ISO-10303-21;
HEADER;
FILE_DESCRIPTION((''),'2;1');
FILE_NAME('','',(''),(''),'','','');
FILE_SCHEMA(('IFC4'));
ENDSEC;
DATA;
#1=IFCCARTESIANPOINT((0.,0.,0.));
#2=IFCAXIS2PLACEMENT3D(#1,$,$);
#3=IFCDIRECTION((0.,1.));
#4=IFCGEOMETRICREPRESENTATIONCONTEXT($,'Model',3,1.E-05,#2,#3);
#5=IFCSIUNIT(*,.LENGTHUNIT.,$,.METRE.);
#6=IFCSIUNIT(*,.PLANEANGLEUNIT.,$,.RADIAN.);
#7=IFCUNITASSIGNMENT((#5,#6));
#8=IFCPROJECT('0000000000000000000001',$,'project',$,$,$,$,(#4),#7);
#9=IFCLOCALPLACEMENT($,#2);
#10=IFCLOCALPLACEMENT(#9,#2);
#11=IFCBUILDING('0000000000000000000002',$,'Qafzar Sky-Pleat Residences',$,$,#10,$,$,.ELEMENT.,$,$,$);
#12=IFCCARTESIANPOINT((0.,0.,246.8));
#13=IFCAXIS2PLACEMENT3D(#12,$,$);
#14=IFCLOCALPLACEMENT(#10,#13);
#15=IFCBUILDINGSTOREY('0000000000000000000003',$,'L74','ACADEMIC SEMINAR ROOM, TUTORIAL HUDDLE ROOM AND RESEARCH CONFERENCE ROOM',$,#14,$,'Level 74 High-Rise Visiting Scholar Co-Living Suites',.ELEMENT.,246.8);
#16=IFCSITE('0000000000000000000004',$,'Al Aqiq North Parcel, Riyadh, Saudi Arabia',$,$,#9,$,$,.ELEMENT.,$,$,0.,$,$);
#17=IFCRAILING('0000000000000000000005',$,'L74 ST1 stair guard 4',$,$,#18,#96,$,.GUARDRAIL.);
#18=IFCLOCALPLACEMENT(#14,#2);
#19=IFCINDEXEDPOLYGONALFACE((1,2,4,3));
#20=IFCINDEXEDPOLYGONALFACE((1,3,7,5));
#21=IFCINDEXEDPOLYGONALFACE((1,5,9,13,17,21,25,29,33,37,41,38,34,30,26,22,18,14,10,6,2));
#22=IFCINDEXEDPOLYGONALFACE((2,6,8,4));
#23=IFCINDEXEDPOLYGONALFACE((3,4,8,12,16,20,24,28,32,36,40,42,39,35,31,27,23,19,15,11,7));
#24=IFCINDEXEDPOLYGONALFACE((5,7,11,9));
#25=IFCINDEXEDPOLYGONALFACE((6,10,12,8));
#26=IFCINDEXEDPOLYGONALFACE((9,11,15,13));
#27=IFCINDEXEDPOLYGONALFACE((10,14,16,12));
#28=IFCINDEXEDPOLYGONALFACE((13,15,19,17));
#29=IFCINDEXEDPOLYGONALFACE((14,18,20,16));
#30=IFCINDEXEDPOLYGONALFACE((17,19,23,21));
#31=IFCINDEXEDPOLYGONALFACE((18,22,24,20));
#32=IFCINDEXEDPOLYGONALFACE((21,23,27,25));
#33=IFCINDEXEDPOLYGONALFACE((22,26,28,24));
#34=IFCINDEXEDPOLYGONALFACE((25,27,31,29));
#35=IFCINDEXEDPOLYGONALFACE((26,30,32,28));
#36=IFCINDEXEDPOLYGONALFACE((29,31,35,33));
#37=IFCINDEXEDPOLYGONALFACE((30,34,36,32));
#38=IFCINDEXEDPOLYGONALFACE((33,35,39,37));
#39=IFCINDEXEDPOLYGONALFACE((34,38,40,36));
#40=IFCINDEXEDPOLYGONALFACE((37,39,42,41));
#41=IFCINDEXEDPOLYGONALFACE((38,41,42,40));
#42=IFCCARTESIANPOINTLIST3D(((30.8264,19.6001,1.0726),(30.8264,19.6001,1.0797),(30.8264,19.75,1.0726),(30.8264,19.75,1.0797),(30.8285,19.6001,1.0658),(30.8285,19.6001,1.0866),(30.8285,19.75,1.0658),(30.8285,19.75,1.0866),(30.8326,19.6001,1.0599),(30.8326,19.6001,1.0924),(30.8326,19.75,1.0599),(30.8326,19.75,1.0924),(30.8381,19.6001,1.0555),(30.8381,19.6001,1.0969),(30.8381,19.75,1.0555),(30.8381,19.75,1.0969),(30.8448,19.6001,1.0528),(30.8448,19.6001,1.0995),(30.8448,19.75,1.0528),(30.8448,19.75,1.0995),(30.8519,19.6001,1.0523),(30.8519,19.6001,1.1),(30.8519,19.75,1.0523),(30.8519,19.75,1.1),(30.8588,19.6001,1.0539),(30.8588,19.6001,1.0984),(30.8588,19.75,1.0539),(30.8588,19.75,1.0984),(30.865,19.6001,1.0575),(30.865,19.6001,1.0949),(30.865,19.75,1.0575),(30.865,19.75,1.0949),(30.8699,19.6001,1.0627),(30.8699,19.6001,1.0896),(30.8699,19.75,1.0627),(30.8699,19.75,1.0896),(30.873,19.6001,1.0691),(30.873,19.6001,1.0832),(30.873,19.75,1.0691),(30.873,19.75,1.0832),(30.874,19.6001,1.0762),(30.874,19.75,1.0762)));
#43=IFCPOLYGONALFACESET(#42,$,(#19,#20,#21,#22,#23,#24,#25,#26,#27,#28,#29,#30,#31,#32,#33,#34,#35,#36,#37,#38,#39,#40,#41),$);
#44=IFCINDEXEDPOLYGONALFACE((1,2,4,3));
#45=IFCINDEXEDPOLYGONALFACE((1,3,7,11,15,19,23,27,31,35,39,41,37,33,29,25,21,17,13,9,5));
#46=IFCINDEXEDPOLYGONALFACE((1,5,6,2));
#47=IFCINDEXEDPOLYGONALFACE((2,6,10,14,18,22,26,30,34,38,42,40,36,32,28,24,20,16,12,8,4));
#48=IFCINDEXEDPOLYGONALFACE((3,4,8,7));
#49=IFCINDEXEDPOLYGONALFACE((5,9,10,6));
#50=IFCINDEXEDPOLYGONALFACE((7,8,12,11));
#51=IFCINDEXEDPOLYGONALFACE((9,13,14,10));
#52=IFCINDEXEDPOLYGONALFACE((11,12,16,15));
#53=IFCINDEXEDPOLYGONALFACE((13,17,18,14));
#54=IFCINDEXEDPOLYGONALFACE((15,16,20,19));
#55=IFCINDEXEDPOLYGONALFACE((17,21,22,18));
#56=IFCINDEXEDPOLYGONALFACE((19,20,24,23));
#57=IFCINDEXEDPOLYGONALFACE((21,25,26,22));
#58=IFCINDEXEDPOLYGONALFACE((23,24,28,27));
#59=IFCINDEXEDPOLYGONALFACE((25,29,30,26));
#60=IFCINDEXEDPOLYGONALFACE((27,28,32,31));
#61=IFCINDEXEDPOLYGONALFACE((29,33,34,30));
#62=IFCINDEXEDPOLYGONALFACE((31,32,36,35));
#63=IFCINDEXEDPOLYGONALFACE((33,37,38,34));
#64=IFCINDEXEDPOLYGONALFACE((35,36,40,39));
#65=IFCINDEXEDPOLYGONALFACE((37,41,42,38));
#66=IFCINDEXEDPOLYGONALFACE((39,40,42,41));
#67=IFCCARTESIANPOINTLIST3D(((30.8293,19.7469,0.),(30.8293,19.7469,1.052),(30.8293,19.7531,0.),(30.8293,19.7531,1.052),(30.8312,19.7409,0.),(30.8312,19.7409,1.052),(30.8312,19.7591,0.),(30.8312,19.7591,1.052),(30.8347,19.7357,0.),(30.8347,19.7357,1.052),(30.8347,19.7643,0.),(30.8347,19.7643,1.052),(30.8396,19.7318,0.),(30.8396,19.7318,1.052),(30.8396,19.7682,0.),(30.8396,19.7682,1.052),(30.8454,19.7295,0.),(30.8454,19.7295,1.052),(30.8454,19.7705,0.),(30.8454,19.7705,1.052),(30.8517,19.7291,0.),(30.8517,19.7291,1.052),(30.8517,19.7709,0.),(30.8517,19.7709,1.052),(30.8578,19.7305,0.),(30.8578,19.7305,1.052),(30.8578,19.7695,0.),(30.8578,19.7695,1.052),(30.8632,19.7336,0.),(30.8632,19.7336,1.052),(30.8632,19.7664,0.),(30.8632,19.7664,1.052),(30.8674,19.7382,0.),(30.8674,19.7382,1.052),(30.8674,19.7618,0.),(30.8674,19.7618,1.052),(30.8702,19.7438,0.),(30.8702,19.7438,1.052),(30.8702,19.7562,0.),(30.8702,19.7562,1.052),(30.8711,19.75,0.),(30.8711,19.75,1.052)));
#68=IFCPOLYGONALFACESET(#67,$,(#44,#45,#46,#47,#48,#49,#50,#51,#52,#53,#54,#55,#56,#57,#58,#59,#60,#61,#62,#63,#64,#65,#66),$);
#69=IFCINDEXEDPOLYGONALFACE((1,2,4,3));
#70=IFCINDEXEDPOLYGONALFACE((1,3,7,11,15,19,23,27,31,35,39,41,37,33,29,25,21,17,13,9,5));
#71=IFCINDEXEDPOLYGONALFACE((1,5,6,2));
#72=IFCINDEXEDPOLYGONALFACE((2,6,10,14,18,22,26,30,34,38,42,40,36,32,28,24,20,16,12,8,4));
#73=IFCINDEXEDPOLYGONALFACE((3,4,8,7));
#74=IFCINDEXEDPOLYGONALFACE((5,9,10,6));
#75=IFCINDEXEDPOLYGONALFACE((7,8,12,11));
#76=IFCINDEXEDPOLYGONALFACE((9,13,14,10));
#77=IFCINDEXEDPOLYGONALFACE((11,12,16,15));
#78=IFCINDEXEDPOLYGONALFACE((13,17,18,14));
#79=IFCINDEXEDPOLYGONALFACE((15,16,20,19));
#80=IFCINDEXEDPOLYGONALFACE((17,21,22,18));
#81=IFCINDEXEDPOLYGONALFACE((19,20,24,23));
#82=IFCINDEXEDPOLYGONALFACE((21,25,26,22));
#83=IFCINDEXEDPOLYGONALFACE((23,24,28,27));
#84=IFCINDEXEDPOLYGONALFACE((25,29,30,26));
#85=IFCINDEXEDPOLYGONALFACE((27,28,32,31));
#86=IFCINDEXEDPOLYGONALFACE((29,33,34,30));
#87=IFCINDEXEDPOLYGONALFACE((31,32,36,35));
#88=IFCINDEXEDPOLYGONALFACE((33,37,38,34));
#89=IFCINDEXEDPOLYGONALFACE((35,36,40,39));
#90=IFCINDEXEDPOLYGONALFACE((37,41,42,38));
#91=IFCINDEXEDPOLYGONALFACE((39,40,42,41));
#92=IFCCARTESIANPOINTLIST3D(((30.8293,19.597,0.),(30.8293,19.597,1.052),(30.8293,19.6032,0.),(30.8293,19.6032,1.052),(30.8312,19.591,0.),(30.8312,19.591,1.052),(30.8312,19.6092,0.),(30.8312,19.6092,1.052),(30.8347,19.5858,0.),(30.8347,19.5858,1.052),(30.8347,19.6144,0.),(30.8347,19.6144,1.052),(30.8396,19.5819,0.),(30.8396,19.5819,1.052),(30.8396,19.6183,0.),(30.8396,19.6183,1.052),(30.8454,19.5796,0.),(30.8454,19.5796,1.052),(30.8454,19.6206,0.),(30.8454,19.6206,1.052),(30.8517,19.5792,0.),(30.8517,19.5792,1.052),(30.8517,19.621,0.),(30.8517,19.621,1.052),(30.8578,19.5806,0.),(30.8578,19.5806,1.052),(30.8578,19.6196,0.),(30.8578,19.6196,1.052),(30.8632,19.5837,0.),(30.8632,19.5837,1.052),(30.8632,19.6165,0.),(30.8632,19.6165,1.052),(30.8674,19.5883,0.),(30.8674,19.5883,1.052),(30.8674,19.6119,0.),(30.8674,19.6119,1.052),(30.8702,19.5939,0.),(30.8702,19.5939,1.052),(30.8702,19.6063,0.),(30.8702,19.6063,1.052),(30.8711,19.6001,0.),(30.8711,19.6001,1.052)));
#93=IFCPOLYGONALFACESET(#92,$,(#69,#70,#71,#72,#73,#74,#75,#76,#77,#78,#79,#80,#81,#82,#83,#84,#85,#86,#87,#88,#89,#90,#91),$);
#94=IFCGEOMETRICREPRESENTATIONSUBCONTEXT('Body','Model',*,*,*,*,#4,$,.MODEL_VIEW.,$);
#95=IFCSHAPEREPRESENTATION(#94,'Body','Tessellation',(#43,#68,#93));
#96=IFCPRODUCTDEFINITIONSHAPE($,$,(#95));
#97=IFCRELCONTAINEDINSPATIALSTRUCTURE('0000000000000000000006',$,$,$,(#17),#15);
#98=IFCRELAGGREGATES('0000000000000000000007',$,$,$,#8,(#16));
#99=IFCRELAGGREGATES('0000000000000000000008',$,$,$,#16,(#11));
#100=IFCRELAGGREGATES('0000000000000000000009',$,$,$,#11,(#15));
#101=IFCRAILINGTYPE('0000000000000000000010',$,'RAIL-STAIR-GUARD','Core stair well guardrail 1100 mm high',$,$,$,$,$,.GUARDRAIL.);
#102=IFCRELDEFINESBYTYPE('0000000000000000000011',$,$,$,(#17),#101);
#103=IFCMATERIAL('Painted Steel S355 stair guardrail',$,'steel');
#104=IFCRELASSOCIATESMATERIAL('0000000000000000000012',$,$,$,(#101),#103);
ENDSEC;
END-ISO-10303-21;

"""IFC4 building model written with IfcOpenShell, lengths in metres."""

from ifc_helpers import new_model, si_unit, direction, frame, origin, origin_2d, place, context, subcontext, project, spatial, circle, extrude, source, transform, mapped, material, type_object, element, save


model = new_model("IFC4")

# Units and contexts
model_context = context("Model", 3, precision=1e-05, world=origin(), true_north=direction((0.0, 1.0)))
body_context = subcontext(model_context, "Body", "Model", "MODEL_VIEW")
ifc_project = project(units=[si_unit("LENGTHUNIT", "METRE"), si_unit("PLANEANGLEUNIT", "RADIAN")], contexts=[model_context])

# Site, building, storey
site_placement = place(None, origin())
site = spatial("IfcSite", under=ifc_project, at=site_placement, Name="Al Aqiq North Parcel, Riyadh, Saudi Arabia", CompositionType="ELEMENT", RefElevation=0.0)
building_placement = place(site_placement, origin())
building = spatial("IfcBuilding", under=site, at=building_placement, Name="Qafzar Sky-Pleat Residences", CompositionType="ELEMENT")
storey_placement = place(building_placement, frame((0.0, 0.0, 246.8)))
storey = spatial("IfcBuildingStorey", under=building, at=storey_placement, Name="L74", Description="ACADEMIC SEMINAR ROOM, TUTORIAL HUDDLE ROOM AND RESEARCH CONFERENCE ROOM", LongName="Level 74 High-Rise Visiting Scholar Co-Living Suites", CompositionType="ELEMENT", Elevation=246.8)

# Railing
ifc_material_1 = material(Name="Painted Steel S355 stair guardrail", Category="steel")
railing_type_1 = type_object("IfcRailingType", Name="RAIL-STAIR-GUARD", Description="Core stair well guardrail 1100 mm high", PredefinedType="GUARDRAIL", material=ifc_material_1)
shared_shape_1 = source(origin(), body_context, "Body", "SweptSolid", [
    extrude(circle(Radius=0.0239, at=origin_2d()), frame((0.0, 0.0, 1.0762), z_axis=(0.0, -1.0, 0.0), x_axis=(1.0, 0.0, 0.0)), (0.0, 0.0, 1.0), 0.1499),
    extrude(circle(Radius=0.021, at=origin_2d()), origin(), (0.0, 0.0, 1.0), 1.052),
    extrude(circle(Radius=0.021, at=origin_2d()), frame((0.0, -0.1499, 0.0)), (0.0, 0.0, 1.0), 1.052),
])
for number, where, name in (
    (1, (30.8501, 19.75, 0.0), "L74 ST1 stair guard 4"),
):
    element("IfcRailing", number, at=place(storey_placement, frame(where)), inside=storey, type_object=railing_type_1, Name=name, PredefinedType="GUARDRAIL", context=body_context, shape_type="MappedRepresentation", body=[
        mapped(shared_shape_1, transform((0.0, 0.0, 0.0), x_axis=(1.0, 0.0, 0.0), y_axis=(0.0, 1.0, 0.0), z_axis=(0.0, 0.0, 1.0), scale=1.0)),
    ])

save(model, "model.ifc")
